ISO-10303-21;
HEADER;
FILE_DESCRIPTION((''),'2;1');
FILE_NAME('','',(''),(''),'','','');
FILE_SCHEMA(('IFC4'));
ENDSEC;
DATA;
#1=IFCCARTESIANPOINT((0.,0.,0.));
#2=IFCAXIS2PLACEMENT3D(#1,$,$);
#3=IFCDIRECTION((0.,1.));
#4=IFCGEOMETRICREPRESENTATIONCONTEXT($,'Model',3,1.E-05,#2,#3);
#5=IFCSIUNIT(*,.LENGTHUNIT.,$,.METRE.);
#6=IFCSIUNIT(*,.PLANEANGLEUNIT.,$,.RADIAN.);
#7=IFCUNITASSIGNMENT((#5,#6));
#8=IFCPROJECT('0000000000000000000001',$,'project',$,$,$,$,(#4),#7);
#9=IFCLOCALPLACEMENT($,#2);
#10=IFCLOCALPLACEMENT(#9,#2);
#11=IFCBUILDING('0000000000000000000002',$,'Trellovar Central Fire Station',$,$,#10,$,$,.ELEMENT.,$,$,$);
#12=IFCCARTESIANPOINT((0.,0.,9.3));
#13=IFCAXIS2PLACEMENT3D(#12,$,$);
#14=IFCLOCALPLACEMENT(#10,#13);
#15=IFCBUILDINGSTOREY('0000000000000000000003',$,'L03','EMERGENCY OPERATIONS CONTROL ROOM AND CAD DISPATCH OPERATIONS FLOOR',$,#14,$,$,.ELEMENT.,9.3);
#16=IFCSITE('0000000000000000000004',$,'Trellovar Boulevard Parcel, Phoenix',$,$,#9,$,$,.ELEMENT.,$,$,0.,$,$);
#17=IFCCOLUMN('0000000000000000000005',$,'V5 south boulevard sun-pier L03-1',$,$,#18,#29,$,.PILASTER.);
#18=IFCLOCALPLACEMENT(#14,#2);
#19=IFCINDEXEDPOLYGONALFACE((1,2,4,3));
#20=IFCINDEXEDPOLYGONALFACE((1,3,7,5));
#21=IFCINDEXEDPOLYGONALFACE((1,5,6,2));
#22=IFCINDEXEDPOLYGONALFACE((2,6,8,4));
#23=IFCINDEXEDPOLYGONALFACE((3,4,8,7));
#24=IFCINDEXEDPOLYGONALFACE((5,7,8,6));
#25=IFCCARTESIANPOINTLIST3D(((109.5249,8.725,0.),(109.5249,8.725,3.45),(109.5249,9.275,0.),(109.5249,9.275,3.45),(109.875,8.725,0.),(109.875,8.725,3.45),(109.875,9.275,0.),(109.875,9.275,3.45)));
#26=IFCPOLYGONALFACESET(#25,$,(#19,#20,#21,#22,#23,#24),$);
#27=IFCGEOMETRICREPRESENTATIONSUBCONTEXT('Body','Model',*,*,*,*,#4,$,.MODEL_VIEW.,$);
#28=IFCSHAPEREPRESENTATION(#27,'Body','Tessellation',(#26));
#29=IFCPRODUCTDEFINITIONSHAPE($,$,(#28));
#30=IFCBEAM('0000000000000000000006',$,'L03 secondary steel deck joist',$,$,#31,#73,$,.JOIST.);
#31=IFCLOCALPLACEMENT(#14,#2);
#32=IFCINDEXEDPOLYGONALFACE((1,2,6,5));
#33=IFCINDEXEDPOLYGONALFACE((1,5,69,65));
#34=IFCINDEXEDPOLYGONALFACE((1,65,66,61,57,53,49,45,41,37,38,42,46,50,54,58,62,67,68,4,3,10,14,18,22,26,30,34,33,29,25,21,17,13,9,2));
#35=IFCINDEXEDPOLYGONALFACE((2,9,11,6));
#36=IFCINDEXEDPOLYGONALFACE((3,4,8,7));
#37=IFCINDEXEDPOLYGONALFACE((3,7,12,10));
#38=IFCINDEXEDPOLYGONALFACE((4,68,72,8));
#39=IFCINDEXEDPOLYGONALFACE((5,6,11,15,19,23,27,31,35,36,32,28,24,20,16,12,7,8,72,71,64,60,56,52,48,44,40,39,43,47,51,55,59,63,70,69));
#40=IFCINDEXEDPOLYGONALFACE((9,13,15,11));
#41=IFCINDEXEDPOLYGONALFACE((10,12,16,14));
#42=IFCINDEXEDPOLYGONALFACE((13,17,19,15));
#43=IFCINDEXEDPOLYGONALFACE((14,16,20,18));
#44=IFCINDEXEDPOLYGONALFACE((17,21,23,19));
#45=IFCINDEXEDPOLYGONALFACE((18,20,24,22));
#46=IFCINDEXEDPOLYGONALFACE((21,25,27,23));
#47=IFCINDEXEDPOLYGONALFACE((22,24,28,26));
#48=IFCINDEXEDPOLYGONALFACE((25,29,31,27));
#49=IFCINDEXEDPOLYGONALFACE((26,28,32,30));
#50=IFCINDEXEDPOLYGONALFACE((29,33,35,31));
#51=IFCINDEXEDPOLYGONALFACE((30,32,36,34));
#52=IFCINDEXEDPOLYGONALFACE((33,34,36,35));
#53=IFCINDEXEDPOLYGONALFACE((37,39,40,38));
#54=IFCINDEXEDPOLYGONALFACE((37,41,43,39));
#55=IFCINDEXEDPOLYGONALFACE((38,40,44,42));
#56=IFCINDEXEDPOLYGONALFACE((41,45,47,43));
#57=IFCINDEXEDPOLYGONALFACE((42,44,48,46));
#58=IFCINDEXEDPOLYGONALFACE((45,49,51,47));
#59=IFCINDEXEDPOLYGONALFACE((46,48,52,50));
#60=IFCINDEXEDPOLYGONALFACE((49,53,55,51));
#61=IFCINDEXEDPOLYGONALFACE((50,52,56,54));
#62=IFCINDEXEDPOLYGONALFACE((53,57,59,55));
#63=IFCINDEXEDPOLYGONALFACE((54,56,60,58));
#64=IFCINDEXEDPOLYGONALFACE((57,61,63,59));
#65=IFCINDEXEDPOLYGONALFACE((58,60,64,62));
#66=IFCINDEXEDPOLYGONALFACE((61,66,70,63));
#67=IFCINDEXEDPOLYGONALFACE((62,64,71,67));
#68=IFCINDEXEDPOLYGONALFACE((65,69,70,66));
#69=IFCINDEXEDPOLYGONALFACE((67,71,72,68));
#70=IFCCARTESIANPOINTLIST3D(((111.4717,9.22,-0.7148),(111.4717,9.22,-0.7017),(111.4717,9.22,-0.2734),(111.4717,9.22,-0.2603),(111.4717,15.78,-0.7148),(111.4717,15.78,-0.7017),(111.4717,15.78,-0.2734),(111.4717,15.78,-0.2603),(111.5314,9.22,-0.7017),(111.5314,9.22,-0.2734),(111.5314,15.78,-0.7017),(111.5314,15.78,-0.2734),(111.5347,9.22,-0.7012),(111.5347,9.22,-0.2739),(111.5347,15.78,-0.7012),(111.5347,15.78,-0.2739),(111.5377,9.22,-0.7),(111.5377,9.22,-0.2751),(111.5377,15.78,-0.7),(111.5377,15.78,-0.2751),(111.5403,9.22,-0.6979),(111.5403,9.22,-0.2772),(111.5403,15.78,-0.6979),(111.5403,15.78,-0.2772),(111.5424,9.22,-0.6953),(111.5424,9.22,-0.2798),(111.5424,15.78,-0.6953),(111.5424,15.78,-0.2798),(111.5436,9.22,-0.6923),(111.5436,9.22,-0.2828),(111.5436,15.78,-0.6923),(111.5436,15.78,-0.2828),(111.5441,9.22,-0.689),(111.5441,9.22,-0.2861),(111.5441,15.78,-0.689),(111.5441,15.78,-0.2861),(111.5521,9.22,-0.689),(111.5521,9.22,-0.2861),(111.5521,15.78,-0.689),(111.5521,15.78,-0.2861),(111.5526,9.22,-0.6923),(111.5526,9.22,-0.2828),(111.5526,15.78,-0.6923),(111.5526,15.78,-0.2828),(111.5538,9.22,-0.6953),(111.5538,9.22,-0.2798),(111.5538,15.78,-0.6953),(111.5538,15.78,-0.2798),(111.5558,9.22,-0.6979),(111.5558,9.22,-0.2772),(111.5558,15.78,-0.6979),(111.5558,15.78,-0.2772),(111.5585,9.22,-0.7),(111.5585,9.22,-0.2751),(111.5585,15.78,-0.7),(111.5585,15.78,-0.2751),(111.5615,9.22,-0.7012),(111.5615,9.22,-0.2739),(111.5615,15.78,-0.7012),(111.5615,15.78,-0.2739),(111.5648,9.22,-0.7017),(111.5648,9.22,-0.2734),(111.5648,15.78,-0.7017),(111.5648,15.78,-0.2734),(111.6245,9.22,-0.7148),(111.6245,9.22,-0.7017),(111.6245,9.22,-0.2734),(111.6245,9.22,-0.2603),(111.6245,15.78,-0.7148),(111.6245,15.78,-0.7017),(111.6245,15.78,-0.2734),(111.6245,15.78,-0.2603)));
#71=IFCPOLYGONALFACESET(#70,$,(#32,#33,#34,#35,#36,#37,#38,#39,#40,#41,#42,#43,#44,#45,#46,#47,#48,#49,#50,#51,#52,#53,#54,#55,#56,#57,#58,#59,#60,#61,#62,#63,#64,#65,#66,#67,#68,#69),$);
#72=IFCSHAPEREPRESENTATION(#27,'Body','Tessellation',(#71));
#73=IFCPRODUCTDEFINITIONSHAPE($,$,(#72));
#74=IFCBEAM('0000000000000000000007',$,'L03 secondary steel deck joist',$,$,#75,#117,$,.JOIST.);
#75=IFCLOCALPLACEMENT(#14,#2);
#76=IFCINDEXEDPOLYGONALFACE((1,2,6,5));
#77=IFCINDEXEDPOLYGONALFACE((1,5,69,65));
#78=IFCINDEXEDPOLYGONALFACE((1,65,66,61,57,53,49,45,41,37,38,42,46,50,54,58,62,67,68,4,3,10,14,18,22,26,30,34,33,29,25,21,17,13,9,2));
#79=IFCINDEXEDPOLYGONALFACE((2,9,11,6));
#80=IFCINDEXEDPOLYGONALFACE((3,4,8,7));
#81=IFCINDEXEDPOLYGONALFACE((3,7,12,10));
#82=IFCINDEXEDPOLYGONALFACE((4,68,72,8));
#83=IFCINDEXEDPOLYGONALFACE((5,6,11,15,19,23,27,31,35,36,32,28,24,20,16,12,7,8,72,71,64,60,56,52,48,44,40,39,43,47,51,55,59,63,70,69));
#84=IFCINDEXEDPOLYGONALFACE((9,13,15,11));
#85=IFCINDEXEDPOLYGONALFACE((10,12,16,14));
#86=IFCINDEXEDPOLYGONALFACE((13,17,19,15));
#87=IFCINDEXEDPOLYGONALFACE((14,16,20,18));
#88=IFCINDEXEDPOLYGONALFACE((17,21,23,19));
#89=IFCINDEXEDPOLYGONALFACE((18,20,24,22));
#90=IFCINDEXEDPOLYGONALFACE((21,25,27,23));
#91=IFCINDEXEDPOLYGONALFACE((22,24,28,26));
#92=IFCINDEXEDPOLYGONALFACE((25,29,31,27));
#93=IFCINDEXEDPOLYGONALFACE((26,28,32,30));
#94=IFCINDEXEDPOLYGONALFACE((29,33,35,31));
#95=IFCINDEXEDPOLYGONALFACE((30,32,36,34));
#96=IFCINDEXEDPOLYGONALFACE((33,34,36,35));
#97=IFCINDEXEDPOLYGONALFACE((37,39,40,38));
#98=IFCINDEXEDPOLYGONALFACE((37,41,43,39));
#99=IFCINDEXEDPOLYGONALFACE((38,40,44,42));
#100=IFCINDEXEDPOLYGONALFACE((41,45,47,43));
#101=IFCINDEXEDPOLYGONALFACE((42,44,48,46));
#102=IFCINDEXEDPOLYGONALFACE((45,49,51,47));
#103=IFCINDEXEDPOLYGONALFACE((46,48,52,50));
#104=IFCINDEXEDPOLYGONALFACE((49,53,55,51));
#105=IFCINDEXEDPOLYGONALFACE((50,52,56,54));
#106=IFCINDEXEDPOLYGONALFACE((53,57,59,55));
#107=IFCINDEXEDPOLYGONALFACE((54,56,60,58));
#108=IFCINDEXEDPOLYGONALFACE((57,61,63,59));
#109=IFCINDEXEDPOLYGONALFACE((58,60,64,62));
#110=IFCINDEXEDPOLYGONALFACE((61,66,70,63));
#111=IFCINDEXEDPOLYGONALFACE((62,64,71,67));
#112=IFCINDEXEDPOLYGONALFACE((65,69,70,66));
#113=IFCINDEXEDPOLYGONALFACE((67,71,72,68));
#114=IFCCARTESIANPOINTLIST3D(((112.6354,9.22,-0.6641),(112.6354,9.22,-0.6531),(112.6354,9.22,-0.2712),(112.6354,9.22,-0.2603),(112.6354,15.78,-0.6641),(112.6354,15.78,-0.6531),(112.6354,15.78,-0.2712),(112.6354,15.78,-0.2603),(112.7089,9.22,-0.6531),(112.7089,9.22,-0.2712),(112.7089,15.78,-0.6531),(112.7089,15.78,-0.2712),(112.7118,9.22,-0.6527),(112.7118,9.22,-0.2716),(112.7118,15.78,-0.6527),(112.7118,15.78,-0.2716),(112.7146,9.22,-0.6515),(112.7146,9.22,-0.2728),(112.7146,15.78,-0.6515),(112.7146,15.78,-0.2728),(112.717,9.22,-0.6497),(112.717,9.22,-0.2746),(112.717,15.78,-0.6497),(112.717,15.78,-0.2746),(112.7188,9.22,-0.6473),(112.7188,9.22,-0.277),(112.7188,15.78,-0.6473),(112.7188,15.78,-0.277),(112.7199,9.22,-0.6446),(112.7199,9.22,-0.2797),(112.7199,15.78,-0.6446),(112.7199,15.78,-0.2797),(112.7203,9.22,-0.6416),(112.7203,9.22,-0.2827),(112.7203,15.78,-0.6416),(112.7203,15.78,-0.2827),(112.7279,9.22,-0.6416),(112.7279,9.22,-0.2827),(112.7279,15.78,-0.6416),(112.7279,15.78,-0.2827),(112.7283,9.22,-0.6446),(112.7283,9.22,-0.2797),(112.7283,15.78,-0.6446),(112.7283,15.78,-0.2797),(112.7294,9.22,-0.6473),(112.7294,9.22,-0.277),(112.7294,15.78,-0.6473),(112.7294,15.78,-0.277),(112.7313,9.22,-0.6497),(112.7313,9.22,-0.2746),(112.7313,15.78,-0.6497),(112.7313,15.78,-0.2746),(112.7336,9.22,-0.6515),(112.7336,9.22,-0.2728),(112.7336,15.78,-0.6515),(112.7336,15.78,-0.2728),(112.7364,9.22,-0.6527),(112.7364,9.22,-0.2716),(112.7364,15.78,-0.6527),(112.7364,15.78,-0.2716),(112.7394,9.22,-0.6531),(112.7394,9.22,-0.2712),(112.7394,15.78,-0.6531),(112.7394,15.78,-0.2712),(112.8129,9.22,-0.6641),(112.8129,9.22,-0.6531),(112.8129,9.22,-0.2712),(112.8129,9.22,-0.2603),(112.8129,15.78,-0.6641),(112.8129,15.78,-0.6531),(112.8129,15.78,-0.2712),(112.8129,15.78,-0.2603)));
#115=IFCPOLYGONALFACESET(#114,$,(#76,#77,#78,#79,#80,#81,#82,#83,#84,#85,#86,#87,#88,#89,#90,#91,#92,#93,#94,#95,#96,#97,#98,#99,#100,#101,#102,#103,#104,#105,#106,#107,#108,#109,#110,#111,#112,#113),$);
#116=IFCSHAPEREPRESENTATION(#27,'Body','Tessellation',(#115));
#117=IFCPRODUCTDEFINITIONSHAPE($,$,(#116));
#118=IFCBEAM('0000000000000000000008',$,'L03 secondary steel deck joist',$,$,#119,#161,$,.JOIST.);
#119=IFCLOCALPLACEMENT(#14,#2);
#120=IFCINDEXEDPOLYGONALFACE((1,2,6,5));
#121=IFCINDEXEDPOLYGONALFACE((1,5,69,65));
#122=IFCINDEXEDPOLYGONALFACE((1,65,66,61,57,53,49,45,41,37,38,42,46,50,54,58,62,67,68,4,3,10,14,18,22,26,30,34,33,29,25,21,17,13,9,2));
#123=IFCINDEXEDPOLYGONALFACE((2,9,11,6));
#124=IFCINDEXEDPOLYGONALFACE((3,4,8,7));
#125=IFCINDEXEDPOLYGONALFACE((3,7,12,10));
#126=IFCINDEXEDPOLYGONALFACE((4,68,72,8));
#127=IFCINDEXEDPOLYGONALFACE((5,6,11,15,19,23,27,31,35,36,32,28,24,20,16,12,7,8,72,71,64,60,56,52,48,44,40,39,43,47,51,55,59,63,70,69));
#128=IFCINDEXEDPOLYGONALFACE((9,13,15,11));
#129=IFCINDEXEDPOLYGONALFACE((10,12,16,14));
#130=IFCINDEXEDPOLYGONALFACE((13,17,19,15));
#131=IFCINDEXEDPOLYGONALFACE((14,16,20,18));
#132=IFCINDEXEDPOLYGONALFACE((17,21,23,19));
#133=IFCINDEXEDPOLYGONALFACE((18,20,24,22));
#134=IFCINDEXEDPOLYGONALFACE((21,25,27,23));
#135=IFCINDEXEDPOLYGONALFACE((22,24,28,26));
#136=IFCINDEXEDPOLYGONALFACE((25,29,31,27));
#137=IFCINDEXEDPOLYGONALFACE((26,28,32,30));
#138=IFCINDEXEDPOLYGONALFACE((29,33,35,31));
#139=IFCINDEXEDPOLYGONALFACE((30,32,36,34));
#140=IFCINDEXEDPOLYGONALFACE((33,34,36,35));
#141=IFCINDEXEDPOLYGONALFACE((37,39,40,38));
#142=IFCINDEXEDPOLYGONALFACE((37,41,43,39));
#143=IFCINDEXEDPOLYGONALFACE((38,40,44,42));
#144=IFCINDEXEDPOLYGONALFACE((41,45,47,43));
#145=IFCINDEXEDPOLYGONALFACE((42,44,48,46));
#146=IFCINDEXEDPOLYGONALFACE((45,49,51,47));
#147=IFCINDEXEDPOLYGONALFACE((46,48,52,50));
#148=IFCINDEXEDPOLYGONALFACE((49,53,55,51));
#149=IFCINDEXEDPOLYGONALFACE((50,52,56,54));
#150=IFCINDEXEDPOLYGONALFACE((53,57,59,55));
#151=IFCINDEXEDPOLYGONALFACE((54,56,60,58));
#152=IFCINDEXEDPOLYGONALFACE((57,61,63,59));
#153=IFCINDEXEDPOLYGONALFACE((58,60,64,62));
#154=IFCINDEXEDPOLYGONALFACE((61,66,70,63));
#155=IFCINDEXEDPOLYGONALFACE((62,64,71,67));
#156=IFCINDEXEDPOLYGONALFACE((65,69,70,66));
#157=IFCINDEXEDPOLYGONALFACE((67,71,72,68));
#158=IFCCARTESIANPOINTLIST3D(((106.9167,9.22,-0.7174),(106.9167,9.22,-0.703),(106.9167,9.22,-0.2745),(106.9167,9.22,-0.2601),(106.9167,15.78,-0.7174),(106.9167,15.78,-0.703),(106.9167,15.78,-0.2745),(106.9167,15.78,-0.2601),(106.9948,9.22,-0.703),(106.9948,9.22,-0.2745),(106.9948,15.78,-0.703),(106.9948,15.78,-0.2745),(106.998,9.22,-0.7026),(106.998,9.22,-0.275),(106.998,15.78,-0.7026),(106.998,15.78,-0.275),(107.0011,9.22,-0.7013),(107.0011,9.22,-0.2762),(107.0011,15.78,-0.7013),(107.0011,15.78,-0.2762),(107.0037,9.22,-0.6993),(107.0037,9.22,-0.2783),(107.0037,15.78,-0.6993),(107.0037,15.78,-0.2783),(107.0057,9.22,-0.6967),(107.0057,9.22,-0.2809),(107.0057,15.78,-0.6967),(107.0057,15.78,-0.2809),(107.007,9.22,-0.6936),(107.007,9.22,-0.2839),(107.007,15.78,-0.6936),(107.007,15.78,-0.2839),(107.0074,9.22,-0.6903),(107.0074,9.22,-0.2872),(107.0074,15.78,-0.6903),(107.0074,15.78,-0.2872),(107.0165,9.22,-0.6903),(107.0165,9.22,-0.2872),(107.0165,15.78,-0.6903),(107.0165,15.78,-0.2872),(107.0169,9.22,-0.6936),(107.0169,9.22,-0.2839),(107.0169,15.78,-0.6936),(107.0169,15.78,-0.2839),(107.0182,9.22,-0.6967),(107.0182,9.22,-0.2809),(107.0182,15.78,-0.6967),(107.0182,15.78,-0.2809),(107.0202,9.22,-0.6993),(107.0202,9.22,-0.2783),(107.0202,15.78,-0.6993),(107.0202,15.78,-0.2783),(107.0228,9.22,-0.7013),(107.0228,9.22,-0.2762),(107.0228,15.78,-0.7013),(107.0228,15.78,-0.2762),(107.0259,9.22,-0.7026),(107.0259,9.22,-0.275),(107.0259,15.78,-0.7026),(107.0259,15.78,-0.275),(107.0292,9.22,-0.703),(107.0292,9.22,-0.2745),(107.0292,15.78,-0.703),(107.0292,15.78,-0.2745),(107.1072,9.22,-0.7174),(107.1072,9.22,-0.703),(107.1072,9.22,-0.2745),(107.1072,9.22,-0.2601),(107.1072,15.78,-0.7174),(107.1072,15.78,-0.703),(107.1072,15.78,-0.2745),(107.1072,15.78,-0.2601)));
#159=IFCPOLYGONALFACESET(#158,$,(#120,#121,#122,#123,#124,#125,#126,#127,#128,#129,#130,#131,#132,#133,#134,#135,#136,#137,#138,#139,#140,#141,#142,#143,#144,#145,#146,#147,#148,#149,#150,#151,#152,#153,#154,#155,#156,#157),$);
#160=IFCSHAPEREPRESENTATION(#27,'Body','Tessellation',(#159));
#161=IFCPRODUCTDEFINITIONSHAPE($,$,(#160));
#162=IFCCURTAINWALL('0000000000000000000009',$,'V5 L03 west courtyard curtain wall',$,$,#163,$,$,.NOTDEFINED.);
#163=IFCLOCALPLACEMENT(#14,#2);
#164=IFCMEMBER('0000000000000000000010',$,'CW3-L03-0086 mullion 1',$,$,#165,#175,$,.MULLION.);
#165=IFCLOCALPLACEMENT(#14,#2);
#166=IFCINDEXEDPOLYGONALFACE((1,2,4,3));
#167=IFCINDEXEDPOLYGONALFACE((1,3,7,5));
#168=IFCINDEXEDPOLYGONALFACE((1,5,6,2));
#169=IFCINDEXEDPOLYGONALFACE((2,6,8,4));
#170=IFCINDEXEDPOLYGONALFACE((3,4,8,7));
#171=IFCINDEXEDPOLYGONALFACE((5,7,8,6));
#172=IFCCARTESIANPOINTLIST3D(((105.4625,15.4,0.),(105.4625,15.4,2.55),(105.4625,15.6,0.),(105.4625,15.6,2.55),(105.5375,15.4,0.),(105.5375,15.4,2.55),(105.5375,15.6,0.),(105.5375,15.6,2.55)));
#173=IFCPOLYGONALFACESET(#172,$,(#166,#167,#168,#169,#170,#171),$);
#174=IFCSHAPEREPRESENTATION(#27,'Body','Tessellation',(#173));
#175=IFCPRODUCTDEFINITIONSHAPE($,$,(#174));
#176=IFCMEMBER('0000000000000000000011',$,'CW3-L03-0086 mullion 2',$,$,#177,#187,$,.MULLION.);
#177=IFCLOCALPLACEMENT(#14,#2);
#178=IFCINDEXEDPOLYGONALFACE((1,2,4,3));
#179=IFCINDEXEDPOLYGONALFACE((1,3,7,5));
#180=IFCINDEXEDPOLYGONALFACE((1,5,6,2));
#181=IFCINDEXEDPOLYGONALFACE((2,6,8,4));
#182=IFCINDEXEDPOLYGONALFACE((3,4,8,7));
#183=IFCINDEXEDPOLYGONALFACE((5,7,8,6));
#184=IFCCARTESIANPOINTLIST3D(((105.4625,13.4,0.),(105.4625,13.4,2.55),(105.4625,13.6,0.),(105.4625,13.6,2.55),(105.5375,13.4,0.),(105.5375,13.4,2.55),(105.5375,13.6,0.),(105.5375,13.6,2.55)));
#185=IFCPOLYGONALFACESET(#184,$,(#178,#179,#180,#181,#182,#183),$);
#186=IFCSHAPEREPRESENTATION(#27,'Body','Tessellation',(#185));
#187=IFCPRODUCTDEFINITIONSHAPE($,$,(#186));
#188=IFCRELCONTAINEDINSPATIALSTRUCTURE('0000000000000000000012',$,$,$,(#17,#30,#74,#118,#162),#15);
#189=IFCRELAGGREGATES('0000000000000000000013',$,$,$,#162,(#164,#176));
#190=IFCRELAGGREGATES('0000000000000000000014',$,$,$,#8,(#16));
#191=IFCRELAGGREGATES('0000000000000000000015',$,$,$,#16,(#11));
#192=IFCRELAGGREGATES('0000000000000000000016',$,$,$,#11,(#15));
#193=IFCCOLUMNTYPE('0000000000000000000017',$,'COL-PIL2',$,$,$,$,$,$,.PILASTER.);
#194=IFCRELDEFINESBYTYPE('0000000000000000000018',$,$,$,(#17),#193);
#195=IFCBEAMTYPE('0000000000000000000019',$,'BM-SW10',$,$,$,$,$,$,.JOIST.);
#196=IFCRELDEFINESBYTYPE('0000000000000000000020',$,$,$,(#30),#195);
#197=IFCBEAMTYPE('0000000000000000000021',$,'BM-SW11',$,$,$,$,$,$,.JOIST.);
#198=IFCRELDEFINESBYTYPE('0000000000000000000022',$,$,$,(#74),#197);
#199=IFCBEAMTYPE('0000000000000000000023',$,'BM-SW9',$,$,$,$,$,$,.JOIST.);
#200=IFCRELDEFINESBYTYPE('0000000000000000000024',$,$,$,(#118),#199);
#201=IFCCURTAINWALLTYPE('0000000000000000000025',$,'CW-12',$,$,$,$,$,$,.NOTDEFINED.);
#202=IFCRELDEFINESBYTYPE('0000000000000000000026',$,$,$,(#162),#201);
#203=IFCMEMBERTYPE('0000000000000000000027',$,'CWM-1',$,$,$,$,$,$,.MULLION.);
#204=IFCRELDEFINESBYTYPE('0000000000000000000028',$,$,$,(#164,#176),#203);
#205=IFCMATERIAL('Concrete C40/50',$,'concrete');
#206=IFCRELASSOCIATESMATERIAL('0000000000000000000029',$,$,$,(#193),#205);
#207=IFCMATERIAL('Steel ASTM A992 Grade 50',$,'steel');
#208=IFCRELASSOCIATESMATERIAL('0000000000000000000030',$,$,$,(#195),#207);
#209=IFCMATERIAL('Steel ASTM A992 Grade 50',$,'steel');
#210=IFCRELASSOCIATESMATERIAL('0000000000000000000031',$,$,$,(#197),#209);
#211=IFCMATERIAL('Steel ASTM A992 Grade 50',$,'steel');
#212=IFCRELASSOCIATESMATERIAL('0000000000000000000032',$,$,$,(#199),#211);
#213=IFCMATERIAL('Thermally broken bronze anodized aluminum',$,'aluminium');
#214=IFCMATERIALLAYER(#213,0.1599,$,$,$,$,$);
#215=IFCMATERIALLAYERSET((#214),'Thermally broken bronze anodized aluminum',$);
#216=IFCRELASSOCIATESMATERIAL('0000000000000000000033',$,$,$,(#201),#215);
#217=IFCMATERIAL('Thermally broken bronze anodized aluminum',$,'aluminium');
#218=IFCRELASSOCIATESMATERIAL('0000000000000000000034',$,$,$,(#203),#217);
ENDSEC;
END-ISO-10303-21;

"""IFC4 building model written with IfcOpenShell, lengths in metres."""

from ifc_helpers import new_model, si_unit, direction, frame, origin, origin_2d, place, context, subcontext, project, spatial, rectangle, i_section, extrude, material, layer, layer_set, material_profile, profile_set, type_object, element, aggregate, save


model = new_model("IFC4")

# Units and contexts
model_context = context("Model", 3, precision=1e-05, world=origin(), true_north=direction((0.0, 1.0)))
body_context = subcontext(model_context, "Body", "Model", "MODEL_VIEW")
ifc_project = project(units=[si_unit("LENGTHUNIT", "METRE"), si_unit("PLANEANGLEUNIT", "RADIAN")], contexts=[model_context])

# Site, building, storey
site_placement = place(None, origin())
site = spatial("IfcSite", under=ifc_project, at=site_placement, Name="Trellovar Boulevard Parcel, Phoenix", CompositionType="ELEMENT", RefElevation=0.0)
building_placement = place(site_placement, origin())
building = spatial("IfcBuilding", under=site, at=building_placement, Name="Trellovar Central Fire Station", CompositionType="ELEMENT")
storey_placement = place(building_placement, frame((0.0, 0.0, 9.3)))
storey = spatial("IfcBuildingStorey", under=building, at=storey_placement, Name="L03", Description="EMERGENCY OPERATIONS CONTROL ROOM AND CAD DISPATCH OPERATIONS FLOOR", CompositionType="ELEMENT", Elevation=9.3)

# Column
ifc_material_1 = material(Name="Concrete C40/50", Category="concrete")
ifc_material_profile_1 = material_profile(ifc_material_1, rectangle(XDim=0.3501, YDim=0.55, at=origin_2d()), Name="RC350X550")
ifc_profile_set_1 = profile_set([ifc_material_profile_1], Name="Concrete C40/50")
column_type = type_object("IfcColumnType", Name="COL-PIL2", PredefinedType="PILASTER", material=ifc_profile_set_1)
column_placement = place(storey_placement, frame((109.7, 9.0, 0.0), z_axis=(0.0, 0.0, 1.0), x_axis=(1.0, 0.0, 0.0)))
element("IfcColumn", 1, at=column_placement, inside=storey, type_object=column_type, Name="V5 south boulevard sun-pier L03-1", PredefinedType="PILASTER", context=body_context, shape_type="SweptSolid", body=[
    extrude(rectangle(XDim=0.3501, YDim=0.55, at=origin_2d()), origin(), (0.0, 0.0, 1.0), 3.45),
])

# Beams
ifc_material_2 = material(Name="Steel ASTM A992 Grade 50", Category="steel")
ifc_material_profile_2 = material_profile(ifc_material_2, i_section(OverallWidth=0.1528, OverallDepth=0.4546, WebThickness=0.0081, FlangeThickness=0.0132, FilletRadius=0.0127, at=origin_2d()), Name="W18X40")
ifc_profile_set_2 = profile_set([ifc_material_profile_2], Name="Steel ASTM A992 Grade 50")
beam_type_1 = type_object("IfcBeamType", Name="BM-SW10", PredefinedType="JOIST", material=ifc_profile_set_2)
beam_1_placement = place(storey_placement, frame((111.5481, 9.22, -0.4875), z_axis=(0.0, 1.0, 0.0), x_axis=(-1.0, 0.0, 0.0)))
element("IfcBeam", 2, at=beam_1_placement, inside=storey, type_object=beam_type_1, Name="L03 secondary steel deck joist", PredefinedType="JOIST", context=body_context, shape_type="SweptSolid", body=[
    extrude(i_section(OverallWidth=0.1528, OverallDepth=0.4546, WebThickness=0.0081, FlangeThickness=0.0132, FilletRadius=0.0127, at=origin_2d()), origin(), (0.0, 0.0, 1.0), 6.5601),
])
ifc_material_3 = material(Name="Steel ASTM A992 Grade 50", Category="steel")
ifc_material_profile_3 = material_profile(ifc_material_3, i_section(OverallWidth=0.1775, OverallDepth=0.4038, WebThickness=0.0076, FlangeThickness=0.011, FilletRadius=0.0115, at=origin_2d()), Name="W16X36")
ifc_profile_set_3 = profile_set([ifc_material_profile_3], Name="Steel ASTM A992 Grade 50")
beam_type_2 = type_object("IfcBeamType", Name="BM-SW11", PredefinedType="JOIST", material=ifc_profile_set_3)
beam_2_placement = place(storey_placement, frame((112.7241, 9.22, -0.4622), z_axis=(0.0, 1.0, 0.0), x_axis=(-1.0, 0.0, 0.0)))
element("IfcBeam", 3, at=beam_2_placement, inside=storey, type_object=beam_type_2, Name="L03 secondary steel deck joist", PredefinedType="JOIST", context=body_context, shape_type="SweptSolid", body=[
    extrude(i_section(OverallWidth=0.1775, OverallDepth=0.4038, WebThickness=0.0076, FlangeThickness=0.011, FilletRadius=0.0115, at=origin_2d()), origin(), (0.0, 0.0, 1.0), 6.5601),
])
ifc_material_4 = material(Name="Steel ASTM A992 Grade 50", Category="steel")
ifc_material_profile_4 = material_profile(ifc_material_4, i_section(OverallWidth=0.1904, OverallDepth=0.4573, WebThickness=0.009, FlangeThickness=0.0144, FilletRadius=0.0127, at=origin_2d()), Name="W18X50")
ifc_profile_set_4 = profile_set([ifc_material_profile_4], Name="Steel ASTM A992 Grade 50")
beam_type_3 = type_object("IfcBeamType", Name="BM-SW9", PredefinedType="JOIST", material=ifc_profile_set_4)
beam_3_placement = place(storey_placement, frame((107.012, 9.22, -0.4888), z_axis=(0.0, 1.0, 0.0), x_axis=(-1.0, 0.0, 0.0)))
element("IfcBeam", 4, at=beam_3_placement, inside=storey, type_object=beam_type_3, Name="L03 secondary steel deck joist", PredefinedType="JOIST", context=body_context, shape_type="SweptSolid", body=[
    extrude(i_section(OverallWidth=0.1904, OverallDepth=0.4573, WebThickness=0.009, FlangeThickness=0.0144, FilletRadius=0.0127, at=origin_2d()), origin(), (0.0, 0.0, 1.0), 6.5601),
])

# Curtain wall, members
ifc_material_5 = material(Name="Thermally broken bronze anodized aluminum", Category="aluminium")
ifc_layer_1 = layer(ifc_material_5, 0.1599)
ifc_layer_set_1 = layer_set([ifc_layer_1], Name="Thermally broken bronze anodized aluminum")
curtain_wall_type = type_object("IfcCurtainWallType", Name="CW-12", PredefinedType="NOTDEFINED", material=ifc_layer_set_1)
curtain_wall_placement = place(storey_placement, origin())
curtain_wall = element("IfcCurtainWall", 5, at=curtain_wall_placement, inside=storey, type_object=curtain_wall_type, Name="V5 L03 west courtyard curtain wall", PredefinedType="NOTDEFINED")
ifc_material_6 = material(Name="Thermally broken bronze anodized aluminum", Category="aluminium")
ifc_material_profile_5 = material_profile(ifc_material_6, rectangle(XDim=0.075, YDim=0.2, at=origin_2d()), Name="ALU75X200")
ifc_profile_set_5 = profile_set([ifc_material_profile_5], Name="Thermally broken bronze anodized aluminum")
member_type_1 = type_object("IfcMemberType", Name="CWM-1", PredefinedType="MULLION", material=ifc_profile_set_5)
member_1_placement = place(storey_placement, frame((105.5, 15.5, 0.0), z_axis=(0.0, 0.0, 1.0), x_axis=(1.0, 0.0, 0.0)))
member_1 = element("IfcMember", 6, at=member_1_placement, type_object=member_type_1, Name="CW3-L03-0086 mullion 1", PredefinedType="MULLION", context=body_context, shape_type="SweptSolid", body=[
    extrude(rectangle(XDim=0.075, YDim=0.2, at=origin_2d()), origin(), (0.0, 0.0, 1.0), 2.55),
])
member_2_placement = place(storey_placement, frame((105.5, 13.5, 0.0), z_axis=(0.0, 0.0, 1.0), x_axis=(1.0, 0.0, 0.0)))
member_2 = element("IfcMember", 7, at=member_2_placement, type_object=member_type_1, Name="CW3-L03-0086 mullion 2", PredefinedType="MULLION", context=body_context, shape_type="SweptSolid", body=[
    extrude(rectangle(XDim=0.075, YDim=0.2, at=origin_2d()), origin(), (0.0, 0.0, 1.0), 2.55),
])
aggregate(curtain_wall, [member_1, member_2])

save(model, "model.ifc")
